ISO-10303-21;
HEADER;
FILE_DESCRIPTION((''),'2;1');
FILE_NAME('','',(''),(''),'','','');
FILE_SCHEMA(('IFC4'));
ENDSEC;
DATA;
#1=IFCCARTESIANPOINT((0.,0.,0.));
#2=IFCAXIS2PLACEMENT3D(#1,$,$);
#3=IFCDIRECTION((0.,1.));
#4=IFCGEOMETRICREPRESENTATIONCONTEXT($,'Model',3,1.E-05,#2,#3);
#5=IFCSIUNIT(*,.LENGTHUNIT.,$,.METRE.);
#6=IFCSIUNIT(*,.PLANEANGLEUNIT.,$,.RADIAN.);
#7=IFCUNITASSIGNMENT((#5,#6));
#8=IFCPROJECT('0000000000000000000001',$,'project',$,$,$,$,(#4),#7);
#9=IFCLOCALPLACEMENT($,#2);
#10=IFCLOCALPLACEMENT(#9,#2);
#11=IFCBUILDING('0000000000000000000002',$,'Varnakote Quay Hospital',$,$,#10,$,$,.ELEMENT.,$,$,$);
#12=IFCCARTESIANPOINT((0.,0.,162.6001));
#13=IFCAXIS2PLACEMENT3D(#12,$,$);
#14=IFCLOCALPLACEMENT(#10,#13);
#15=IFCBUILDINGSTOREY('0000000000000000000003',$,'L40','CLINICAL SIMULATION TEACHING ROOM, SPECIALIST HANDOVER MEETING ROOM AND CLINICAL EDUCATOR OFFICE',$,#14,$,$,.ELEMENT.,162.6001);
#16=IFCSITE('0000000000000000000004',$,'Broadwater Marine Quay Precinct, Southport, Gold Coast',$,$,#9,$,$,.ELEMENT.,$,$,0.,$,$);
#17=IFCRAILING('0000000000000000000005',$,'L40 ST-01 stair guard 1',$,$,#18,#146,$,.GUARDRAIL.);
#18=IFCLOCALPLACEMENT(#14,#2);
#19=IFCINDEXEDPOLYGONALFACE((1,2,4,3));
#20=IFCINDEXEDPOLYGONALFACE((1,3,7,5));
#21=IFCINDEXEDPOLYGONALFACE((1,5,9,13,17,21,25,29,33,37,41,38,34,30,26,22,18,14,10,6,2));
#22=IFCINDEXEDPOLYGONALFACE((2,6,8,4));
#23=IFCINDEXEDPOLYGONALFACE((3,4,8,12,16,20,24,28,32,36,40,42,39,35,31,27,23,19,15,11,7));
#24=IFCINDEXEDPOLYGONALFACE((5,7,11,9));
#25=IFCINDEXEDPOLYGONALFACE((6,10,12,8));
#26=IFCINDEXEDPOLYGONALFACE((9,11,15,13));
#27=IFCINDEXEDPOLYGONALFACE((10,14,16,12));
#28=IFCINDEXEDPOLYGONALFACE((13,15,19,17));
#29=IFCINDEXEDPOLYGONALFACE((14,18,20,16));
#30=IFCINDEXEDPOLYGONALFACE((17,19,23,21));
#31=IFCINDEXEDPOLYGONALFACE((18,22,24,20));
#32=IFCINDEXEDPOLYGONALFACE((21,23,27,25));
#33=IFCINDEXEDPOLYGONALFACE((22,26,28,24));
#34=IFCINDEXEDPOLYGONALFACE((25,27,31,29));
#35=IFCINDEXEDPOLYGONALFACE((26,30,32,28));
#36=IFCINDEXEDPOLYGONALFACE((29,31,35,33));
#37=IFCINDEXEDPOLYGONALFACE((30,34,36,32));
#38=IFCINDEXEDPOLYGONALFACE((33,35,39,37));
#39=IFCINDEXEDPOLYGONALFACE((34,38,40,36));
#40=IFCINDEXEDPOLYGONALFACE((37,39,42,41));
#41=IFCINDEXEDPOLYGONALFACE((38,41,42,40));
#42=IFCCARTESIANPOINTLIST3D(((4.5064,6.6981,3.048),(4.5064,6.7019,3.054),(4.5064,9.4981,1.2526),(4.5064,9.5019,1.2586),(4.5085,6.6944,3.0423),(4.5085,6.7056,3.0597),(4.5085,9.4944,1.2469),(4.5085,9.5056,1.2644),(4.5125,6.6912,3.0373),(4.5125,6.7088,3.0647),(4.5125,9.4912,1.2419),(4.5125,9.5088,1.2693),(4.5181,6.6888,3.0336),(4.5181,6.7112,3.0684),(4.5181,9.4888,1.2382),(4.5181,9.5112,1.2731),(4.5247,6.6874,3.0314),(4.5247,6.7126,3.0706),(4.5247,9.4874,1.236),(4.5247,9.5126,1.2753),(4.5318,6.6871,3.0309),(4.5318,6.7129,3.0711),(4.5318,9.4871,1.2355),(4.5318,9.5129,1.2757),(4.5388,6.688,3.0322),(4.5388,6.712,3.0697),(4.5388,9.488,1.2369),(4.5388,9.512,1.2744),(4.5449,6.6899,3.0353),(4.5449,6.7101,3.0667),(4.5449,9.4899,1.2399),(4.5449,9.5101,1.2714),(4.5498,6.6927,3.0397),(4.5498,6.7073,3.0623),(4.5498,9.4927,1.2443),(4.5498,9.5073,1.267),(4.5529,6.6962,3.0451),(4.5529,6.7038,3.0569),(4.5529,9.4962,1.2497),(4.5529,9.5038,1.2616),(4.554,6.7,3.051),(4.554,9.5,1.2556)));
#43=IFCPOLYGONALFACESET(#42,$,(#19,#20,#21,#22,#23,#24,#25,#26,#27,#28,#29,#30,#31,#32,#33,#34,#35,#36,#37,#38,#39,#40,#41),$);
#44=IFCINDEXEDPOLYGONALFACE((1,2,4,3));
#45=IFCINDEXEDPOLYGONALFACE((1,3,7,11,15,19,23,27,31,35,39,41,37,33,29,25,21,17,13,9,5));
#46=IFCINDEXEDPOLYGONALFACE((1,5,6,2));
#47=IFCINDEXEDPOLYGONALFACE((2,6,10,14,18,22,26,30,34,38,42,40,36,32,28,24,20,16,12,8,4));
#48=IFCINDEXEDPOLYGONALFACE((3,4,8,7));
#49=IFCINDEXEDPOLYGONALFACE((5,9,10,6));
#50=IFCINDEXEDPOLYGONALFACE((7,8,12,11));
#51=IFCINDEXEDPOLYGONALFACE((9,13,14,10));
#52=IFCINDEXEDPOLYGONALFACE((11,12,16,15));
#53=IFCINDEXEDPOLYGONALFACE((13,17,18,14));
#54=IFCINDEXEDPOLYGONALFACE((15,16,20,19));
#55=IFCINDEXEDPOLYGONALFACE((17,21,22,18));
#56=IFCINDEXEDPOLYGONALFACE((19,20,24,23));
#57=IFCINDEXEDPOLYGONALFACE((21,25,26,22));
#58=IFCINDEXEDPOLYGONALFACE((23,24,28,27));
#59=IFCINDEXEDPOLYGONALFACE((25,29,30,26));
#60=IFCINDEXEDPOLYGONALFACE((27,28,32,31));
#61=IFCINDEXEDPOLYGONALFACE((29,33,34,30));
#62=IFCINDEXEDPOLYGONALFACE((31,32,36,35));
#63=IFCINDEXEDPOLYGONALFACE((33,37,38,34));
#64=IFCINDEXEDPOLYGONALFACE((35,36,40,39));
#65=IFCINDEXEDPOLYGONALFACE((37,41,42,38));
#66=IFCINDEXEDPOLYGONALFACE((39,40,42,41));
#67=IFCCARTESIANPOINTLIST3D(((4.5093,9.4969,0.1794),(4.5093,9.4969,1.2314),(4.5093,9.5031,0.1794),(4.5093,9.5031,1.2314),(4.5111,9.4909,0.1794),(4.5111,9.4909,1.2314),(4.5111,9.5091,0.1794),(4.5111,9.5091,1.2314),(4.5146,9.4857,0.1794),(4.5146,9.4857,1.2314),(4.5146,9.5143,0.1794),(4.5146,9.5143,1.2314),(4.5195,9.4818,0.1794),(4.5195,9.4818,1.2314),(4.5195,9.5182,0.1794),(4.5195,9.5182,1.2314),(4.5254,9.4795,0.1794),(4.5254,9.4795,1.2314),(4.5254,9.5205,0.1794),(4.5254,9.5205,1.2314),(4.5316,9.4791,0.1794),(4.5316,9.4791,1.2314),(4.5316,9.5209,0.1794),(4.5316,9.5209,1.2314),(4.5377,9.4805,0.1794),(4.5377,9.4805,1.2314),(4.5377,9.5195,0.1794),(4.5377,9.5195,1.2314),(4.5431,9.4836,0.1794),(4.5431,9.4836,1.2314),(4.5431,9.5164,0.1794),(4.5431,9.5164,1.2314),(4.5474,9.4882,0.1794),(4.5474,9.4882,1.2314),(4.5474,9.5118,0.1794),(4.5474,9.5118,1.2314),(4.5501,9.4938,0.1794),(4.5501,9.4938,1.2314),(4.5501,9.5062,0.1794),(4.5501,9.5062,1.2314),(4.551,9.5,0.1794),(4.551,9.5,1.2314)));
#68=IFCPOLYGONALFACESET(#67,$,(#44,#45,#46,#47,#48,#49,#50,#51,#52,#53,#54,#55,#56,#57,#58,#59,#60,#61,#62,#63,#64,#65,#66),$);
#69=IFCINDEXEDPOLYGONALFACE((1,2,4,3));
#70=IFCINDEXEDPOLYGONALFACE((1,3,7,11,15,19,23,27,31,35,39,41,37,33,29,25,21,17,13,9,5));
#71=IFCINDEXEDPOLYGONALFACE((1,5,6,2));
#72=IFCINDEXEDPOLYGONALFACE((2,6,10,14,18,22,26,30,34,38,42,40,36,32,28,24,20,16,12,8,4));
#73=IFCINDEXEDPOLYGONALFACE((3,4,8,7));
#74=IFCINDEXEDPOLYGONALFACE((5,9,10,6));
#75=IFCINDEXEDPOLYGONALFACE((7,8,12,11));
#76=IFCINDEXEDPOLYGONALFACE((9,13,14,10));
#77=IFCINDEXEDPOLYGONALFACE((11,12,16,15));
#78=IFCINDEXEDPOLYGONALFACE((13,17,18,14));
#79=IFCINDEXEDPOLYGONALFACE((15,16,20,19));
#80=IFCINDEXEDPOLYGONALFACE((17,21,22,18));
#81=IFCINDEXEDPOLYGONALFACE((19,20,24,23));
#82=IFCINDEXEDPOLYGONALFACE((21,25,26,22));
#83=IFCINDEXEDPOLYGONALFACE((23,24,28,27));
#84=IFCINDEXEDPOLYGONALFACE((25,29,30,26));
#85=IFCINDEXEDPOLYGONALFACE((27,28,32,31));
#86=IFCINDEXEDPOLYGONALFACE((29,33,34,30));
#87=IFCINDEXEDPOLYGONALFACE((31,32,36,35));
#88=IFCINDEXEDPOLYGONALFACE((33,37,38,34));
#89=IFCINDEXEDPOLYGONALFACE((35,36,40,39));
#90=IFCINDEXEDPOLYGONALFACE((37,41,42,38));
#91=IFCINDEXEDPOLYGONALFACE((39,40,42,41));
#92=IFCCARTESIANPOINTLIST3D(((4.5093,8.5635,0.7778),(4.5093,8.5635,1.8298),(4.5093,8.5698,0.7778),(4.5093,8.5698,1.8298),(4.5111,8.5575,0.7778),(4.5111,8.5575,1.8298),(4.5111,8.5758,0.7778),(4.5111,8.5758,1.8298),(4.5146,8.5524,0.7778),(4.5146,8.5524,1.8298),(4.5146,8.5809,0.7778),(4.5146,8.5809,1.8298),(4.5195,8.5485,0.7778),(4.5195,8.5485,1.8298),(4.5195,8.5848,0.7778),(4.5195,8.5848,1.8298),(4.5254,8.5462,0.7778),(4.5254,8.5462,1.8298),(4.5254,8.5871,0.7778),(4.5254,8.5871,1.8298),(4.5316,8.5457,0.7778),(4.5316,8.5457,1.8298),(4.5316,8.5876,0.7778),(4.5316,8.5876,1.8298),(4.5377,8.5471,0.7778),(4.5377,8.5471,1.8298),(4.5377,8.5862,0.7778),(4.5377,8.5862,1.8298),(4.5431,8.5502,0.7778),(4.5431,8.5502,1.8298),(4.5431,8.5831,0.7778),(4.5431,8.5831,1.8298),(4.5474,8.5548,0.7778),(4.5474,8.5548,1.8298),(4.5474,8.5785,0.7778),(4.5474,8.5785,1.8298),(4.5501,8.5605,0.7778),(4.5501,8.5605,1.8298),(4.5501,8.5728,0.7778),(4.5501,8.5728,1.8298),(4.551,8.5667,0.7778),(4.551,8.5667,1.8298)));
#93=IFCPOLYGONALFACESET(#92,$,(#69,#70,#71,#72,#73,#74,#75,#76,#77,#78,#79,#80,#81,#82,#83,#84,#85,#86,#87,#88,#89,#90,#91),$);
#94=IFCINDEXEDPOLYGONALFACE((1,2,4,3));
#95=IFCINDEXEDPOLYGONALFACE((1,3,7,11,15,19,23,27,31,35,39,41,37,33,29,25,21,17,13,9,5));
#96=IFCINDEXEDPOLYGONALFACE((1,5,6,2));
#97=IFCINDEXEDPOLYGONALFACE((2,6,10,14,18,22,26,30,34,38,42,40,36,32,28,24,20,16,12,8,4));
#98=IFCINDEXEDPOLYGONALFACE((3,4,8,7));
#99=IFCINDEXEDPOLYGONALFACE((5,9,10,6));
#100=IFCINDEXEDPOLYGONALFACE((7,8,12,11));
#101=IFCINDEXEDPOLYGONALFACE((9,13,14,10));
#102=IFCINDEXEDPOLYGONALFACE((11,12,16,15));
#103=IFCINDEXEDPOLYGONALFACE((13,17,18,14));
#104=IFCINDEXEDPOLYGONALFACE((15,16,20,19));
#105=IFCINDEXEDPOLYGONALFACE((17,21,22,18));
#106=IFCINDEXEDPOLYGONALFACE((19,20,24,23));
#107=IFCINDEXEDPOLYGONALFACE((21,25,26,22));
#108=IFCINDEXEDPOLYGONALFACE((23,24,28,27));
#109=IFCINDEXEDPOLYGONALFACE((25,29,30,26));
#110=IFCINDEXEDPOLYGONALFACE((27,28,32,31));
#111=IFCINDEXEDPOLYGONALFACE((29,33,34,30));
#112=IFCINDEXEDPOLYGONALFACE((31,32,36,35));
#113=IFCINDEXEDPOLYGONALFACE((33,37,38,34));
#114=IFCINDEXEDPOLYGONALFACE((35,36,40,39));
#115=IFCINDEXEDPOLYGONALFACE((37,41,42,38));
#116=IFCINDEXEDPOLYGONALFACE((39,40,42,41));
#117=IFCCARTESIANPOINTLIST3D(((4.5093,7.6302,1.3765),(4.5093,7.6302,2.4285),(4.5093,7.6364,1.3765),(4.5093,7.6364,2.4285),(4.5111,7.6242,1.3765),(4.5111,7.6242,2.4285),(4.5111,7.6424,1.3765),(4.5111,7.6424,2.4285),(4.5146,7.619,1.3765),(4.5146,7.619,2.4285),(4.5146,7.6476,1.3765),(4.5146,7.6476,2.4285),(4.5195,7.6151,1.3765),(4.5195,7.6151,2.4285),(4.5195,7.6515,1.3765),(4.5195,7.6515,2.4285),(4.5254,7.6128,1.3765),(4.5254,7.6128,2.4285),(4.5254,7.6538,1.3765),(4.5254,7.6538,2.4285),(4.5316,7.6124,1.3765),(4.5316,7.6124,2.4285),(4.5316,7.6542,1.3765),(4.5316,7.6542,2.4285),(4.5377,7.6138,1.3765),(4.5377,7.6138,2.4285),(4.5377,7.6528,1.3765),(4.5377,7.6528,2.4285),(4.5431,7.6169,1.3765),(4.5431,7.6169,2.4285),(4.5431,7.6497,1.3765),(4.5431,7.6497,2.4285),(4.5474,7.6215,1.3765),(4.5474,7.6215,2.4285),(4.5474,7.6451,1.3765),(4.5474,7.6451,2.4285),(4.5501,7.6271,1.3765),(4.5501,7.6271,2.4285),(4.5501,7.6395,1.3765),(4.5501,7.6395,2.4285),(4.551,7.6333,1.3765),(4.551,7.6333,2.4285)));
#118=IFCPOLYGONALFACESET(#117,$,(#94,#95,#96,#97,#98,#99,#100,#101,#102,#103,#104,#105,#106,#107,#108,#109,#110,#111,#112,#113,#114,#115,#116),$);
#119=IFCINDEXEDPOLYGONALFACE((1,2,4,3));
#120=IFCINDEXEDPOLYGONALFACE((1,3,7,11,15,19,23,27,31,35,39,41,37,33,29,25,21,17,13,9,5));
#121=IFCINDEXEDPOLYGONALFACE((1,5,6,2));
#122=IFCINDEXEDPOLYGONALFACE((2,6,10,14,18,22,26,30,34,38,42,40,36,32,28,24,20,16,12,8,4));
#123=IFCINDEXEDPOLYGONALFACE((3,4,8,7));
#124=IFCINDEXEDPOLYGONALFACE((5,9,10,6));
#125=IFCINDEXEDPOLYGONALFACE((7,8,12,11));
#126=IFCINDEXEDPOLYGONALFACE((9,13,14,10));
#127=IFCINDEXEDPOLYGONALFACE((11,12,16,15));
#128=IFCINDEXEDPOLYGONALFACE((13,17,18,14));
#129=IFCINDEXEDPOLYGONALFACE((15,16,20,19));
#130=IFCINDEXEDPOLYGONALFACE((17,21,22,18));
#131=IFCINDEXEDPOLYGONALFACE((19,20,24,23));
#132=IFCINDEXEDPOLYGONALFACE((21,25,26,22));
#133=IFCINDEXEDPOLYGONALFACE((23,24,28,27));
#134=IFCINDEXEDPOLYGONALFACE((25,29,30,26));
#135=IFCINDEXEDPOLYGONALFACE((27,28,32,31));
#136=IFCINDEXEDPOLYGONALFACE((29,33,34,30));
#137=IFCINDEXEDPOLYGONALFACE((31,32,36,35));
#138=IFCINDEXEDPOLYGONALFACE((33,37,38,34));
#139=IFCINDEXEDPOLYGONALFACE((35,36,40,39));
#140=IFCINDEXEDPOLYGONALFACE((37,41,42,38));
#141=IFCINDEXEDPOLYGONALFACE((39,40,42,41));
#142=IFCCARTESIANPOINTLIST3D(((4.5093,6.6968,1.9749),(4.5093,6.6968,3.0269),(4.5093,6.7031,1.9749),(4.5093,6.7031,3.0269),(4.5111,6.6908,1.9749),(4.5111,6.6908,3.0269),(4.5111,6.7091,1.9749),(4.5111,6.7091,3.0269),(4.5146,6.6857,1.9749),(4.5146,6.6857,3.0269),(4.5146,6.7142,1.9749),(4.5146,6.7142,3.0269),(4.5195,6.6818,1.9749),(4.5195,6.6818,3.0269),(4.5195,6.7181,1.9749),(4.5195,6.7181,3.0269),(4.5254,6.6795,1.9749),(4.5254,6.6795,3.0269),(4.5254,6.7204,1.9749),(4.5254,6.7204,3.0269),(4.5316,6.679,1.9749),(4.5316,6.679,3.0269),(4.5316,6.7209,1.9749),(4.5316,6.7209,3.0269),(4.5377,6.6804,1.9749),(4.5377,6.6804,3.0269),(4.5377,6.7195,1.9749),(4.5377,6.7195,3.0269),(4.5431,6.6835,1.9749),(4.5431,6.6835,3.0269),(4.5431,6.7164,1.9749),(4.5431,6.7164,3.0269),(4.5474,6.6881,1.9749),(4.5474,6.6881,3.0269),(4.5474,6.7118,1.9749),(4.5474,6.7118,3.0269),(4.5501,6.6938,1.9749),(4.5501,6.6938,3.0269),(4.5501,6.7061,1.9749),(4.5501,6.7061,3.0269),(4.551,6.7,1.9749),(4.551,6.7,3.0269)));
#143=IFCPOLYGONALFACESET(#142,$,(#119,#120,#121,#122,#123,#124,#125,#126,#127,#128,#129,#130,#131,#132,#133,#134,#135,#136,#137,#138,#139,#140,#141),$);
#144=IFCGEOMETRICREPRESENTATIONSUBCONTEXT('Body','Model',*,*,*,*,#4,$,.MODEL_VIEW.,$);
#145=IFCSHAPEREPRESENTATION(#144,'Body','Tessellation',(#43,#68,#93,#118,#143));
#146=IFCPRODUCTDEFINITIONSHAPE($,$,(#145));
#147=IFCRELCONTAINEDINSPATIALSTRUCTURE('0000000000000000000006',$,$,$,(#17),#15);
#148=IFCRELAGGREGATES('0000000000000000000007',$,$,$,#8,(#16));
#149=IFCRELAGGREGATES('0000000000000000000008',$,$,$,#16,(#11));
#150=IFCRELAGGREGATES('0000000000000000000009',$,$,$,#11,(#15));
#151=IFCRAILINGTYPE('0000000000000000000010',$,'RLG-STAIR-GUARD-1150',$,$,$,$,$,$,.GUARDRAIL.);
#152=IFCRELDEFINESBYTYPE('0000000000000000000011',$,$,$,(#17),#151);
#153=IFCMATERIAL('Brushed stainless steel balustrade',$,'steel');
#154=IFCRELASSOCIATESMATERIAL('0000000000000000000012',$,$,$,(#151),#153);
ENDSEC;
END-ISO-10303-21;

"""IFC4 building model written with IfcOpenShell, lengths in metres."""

from ifc_helpers import new_model, si_unit, direction, frame, origin, origin_2d, place, context, subcontext, project, spatial, circle, extrude, material, type_object, element, save


model = new_model("IFC4")

# Units and contexts
model_context = context("Model", 3, precision=1e-05, world=origin(), true_north=direction((0.0, 1.0)))
body_context = subcontext(model_context, "Body", "Model", "MODEL_VIEW")
ifc_project = project(units=[si_unit("LENGTHUNIT", "METRE"), si_unit("PLANEANGLEUNIT", "RADIAN")], contexts=[model_context])

# Site, building, storey
site_placement = place(None, origin())
site = spatial("IfcSite", under=ifc_project, at=site_placement, Name="Broadwater Marine Quay Precinct, Southport, Gold Coast", CompositionType="ELEMENT", RefElevation=0.0)
building_placement = place(site_placement, origin())
building = spatial("IfcBuilding", under=site, at=building_placement, Name="Varnakote Quay Hospital", CompositionType="ELEMENT")
storey_placement = place(building_placement, frame((0.0, 0.0, 162.6001)))
storey = spatial("IfcBuildingStorey", under=building, at=storey_placement, Name="L40", Description="CLINICAL SIMULATION TEACHING ROOM, SPECIALIST HANDOVER MEETING ROOM AND CLINICAL EDUCATOR OFFICE", CompositionType="ELEMENT", Elevation=162.6001)

# Railing
ifc_material_1 = material(Name="Brushed stainless steel balustrade", Category="steel")
railing_type_1 = type_object("IfcRailingType", Name="RLG-STAIR-GUARD-1150", PredefinedType="GUARDRAIL", material=ifc_material_1)
railing_1_placement = place(storey_placement, frame((4.53, 9.5, 0.1794)))
element("IfcRailing", 1, at=railing_1_placement, inside=storey, type_object=railing_type_1, Name="L40 ST-01 stair guard 1", PredefinedType="GUARDRAIL", context=body_context, shape_type="SweptSolid", body=[
    extrude(circle(Radius=0.0239, at=origin_2d()), frame((0.0, 0.0, 1.0762), z_axis=(0.0, -0.84181, 0.539774), x_axis=(1.0, 0.0, 0.0)), (0.0, 0.0, 1.0), 3.3262),
    extrude(circle(Radius=0.021, at=origin_2d()), origin(), (0.0, 0.0, 1.0), 1.052),
    extrude(circle(Radius=0.021, at=origin_2d()), frame((0.0, -0.9333, 0.5984)), (0.0, 0.0, 1.0), 1.052),
    extrude(circle(Radius=0.021, at=origin_2d()), frame((0.0, -1.8667, 1.197)), (0.0, 0.0, 1.0), 1.052),
    extrude(circle(Radius=0.021, at=origin_2d()), frame((0.0, -2.8, 1.7954)), (0.0, 0.0, 1.0), 1.052),
])

save(model, "model.ifc")
